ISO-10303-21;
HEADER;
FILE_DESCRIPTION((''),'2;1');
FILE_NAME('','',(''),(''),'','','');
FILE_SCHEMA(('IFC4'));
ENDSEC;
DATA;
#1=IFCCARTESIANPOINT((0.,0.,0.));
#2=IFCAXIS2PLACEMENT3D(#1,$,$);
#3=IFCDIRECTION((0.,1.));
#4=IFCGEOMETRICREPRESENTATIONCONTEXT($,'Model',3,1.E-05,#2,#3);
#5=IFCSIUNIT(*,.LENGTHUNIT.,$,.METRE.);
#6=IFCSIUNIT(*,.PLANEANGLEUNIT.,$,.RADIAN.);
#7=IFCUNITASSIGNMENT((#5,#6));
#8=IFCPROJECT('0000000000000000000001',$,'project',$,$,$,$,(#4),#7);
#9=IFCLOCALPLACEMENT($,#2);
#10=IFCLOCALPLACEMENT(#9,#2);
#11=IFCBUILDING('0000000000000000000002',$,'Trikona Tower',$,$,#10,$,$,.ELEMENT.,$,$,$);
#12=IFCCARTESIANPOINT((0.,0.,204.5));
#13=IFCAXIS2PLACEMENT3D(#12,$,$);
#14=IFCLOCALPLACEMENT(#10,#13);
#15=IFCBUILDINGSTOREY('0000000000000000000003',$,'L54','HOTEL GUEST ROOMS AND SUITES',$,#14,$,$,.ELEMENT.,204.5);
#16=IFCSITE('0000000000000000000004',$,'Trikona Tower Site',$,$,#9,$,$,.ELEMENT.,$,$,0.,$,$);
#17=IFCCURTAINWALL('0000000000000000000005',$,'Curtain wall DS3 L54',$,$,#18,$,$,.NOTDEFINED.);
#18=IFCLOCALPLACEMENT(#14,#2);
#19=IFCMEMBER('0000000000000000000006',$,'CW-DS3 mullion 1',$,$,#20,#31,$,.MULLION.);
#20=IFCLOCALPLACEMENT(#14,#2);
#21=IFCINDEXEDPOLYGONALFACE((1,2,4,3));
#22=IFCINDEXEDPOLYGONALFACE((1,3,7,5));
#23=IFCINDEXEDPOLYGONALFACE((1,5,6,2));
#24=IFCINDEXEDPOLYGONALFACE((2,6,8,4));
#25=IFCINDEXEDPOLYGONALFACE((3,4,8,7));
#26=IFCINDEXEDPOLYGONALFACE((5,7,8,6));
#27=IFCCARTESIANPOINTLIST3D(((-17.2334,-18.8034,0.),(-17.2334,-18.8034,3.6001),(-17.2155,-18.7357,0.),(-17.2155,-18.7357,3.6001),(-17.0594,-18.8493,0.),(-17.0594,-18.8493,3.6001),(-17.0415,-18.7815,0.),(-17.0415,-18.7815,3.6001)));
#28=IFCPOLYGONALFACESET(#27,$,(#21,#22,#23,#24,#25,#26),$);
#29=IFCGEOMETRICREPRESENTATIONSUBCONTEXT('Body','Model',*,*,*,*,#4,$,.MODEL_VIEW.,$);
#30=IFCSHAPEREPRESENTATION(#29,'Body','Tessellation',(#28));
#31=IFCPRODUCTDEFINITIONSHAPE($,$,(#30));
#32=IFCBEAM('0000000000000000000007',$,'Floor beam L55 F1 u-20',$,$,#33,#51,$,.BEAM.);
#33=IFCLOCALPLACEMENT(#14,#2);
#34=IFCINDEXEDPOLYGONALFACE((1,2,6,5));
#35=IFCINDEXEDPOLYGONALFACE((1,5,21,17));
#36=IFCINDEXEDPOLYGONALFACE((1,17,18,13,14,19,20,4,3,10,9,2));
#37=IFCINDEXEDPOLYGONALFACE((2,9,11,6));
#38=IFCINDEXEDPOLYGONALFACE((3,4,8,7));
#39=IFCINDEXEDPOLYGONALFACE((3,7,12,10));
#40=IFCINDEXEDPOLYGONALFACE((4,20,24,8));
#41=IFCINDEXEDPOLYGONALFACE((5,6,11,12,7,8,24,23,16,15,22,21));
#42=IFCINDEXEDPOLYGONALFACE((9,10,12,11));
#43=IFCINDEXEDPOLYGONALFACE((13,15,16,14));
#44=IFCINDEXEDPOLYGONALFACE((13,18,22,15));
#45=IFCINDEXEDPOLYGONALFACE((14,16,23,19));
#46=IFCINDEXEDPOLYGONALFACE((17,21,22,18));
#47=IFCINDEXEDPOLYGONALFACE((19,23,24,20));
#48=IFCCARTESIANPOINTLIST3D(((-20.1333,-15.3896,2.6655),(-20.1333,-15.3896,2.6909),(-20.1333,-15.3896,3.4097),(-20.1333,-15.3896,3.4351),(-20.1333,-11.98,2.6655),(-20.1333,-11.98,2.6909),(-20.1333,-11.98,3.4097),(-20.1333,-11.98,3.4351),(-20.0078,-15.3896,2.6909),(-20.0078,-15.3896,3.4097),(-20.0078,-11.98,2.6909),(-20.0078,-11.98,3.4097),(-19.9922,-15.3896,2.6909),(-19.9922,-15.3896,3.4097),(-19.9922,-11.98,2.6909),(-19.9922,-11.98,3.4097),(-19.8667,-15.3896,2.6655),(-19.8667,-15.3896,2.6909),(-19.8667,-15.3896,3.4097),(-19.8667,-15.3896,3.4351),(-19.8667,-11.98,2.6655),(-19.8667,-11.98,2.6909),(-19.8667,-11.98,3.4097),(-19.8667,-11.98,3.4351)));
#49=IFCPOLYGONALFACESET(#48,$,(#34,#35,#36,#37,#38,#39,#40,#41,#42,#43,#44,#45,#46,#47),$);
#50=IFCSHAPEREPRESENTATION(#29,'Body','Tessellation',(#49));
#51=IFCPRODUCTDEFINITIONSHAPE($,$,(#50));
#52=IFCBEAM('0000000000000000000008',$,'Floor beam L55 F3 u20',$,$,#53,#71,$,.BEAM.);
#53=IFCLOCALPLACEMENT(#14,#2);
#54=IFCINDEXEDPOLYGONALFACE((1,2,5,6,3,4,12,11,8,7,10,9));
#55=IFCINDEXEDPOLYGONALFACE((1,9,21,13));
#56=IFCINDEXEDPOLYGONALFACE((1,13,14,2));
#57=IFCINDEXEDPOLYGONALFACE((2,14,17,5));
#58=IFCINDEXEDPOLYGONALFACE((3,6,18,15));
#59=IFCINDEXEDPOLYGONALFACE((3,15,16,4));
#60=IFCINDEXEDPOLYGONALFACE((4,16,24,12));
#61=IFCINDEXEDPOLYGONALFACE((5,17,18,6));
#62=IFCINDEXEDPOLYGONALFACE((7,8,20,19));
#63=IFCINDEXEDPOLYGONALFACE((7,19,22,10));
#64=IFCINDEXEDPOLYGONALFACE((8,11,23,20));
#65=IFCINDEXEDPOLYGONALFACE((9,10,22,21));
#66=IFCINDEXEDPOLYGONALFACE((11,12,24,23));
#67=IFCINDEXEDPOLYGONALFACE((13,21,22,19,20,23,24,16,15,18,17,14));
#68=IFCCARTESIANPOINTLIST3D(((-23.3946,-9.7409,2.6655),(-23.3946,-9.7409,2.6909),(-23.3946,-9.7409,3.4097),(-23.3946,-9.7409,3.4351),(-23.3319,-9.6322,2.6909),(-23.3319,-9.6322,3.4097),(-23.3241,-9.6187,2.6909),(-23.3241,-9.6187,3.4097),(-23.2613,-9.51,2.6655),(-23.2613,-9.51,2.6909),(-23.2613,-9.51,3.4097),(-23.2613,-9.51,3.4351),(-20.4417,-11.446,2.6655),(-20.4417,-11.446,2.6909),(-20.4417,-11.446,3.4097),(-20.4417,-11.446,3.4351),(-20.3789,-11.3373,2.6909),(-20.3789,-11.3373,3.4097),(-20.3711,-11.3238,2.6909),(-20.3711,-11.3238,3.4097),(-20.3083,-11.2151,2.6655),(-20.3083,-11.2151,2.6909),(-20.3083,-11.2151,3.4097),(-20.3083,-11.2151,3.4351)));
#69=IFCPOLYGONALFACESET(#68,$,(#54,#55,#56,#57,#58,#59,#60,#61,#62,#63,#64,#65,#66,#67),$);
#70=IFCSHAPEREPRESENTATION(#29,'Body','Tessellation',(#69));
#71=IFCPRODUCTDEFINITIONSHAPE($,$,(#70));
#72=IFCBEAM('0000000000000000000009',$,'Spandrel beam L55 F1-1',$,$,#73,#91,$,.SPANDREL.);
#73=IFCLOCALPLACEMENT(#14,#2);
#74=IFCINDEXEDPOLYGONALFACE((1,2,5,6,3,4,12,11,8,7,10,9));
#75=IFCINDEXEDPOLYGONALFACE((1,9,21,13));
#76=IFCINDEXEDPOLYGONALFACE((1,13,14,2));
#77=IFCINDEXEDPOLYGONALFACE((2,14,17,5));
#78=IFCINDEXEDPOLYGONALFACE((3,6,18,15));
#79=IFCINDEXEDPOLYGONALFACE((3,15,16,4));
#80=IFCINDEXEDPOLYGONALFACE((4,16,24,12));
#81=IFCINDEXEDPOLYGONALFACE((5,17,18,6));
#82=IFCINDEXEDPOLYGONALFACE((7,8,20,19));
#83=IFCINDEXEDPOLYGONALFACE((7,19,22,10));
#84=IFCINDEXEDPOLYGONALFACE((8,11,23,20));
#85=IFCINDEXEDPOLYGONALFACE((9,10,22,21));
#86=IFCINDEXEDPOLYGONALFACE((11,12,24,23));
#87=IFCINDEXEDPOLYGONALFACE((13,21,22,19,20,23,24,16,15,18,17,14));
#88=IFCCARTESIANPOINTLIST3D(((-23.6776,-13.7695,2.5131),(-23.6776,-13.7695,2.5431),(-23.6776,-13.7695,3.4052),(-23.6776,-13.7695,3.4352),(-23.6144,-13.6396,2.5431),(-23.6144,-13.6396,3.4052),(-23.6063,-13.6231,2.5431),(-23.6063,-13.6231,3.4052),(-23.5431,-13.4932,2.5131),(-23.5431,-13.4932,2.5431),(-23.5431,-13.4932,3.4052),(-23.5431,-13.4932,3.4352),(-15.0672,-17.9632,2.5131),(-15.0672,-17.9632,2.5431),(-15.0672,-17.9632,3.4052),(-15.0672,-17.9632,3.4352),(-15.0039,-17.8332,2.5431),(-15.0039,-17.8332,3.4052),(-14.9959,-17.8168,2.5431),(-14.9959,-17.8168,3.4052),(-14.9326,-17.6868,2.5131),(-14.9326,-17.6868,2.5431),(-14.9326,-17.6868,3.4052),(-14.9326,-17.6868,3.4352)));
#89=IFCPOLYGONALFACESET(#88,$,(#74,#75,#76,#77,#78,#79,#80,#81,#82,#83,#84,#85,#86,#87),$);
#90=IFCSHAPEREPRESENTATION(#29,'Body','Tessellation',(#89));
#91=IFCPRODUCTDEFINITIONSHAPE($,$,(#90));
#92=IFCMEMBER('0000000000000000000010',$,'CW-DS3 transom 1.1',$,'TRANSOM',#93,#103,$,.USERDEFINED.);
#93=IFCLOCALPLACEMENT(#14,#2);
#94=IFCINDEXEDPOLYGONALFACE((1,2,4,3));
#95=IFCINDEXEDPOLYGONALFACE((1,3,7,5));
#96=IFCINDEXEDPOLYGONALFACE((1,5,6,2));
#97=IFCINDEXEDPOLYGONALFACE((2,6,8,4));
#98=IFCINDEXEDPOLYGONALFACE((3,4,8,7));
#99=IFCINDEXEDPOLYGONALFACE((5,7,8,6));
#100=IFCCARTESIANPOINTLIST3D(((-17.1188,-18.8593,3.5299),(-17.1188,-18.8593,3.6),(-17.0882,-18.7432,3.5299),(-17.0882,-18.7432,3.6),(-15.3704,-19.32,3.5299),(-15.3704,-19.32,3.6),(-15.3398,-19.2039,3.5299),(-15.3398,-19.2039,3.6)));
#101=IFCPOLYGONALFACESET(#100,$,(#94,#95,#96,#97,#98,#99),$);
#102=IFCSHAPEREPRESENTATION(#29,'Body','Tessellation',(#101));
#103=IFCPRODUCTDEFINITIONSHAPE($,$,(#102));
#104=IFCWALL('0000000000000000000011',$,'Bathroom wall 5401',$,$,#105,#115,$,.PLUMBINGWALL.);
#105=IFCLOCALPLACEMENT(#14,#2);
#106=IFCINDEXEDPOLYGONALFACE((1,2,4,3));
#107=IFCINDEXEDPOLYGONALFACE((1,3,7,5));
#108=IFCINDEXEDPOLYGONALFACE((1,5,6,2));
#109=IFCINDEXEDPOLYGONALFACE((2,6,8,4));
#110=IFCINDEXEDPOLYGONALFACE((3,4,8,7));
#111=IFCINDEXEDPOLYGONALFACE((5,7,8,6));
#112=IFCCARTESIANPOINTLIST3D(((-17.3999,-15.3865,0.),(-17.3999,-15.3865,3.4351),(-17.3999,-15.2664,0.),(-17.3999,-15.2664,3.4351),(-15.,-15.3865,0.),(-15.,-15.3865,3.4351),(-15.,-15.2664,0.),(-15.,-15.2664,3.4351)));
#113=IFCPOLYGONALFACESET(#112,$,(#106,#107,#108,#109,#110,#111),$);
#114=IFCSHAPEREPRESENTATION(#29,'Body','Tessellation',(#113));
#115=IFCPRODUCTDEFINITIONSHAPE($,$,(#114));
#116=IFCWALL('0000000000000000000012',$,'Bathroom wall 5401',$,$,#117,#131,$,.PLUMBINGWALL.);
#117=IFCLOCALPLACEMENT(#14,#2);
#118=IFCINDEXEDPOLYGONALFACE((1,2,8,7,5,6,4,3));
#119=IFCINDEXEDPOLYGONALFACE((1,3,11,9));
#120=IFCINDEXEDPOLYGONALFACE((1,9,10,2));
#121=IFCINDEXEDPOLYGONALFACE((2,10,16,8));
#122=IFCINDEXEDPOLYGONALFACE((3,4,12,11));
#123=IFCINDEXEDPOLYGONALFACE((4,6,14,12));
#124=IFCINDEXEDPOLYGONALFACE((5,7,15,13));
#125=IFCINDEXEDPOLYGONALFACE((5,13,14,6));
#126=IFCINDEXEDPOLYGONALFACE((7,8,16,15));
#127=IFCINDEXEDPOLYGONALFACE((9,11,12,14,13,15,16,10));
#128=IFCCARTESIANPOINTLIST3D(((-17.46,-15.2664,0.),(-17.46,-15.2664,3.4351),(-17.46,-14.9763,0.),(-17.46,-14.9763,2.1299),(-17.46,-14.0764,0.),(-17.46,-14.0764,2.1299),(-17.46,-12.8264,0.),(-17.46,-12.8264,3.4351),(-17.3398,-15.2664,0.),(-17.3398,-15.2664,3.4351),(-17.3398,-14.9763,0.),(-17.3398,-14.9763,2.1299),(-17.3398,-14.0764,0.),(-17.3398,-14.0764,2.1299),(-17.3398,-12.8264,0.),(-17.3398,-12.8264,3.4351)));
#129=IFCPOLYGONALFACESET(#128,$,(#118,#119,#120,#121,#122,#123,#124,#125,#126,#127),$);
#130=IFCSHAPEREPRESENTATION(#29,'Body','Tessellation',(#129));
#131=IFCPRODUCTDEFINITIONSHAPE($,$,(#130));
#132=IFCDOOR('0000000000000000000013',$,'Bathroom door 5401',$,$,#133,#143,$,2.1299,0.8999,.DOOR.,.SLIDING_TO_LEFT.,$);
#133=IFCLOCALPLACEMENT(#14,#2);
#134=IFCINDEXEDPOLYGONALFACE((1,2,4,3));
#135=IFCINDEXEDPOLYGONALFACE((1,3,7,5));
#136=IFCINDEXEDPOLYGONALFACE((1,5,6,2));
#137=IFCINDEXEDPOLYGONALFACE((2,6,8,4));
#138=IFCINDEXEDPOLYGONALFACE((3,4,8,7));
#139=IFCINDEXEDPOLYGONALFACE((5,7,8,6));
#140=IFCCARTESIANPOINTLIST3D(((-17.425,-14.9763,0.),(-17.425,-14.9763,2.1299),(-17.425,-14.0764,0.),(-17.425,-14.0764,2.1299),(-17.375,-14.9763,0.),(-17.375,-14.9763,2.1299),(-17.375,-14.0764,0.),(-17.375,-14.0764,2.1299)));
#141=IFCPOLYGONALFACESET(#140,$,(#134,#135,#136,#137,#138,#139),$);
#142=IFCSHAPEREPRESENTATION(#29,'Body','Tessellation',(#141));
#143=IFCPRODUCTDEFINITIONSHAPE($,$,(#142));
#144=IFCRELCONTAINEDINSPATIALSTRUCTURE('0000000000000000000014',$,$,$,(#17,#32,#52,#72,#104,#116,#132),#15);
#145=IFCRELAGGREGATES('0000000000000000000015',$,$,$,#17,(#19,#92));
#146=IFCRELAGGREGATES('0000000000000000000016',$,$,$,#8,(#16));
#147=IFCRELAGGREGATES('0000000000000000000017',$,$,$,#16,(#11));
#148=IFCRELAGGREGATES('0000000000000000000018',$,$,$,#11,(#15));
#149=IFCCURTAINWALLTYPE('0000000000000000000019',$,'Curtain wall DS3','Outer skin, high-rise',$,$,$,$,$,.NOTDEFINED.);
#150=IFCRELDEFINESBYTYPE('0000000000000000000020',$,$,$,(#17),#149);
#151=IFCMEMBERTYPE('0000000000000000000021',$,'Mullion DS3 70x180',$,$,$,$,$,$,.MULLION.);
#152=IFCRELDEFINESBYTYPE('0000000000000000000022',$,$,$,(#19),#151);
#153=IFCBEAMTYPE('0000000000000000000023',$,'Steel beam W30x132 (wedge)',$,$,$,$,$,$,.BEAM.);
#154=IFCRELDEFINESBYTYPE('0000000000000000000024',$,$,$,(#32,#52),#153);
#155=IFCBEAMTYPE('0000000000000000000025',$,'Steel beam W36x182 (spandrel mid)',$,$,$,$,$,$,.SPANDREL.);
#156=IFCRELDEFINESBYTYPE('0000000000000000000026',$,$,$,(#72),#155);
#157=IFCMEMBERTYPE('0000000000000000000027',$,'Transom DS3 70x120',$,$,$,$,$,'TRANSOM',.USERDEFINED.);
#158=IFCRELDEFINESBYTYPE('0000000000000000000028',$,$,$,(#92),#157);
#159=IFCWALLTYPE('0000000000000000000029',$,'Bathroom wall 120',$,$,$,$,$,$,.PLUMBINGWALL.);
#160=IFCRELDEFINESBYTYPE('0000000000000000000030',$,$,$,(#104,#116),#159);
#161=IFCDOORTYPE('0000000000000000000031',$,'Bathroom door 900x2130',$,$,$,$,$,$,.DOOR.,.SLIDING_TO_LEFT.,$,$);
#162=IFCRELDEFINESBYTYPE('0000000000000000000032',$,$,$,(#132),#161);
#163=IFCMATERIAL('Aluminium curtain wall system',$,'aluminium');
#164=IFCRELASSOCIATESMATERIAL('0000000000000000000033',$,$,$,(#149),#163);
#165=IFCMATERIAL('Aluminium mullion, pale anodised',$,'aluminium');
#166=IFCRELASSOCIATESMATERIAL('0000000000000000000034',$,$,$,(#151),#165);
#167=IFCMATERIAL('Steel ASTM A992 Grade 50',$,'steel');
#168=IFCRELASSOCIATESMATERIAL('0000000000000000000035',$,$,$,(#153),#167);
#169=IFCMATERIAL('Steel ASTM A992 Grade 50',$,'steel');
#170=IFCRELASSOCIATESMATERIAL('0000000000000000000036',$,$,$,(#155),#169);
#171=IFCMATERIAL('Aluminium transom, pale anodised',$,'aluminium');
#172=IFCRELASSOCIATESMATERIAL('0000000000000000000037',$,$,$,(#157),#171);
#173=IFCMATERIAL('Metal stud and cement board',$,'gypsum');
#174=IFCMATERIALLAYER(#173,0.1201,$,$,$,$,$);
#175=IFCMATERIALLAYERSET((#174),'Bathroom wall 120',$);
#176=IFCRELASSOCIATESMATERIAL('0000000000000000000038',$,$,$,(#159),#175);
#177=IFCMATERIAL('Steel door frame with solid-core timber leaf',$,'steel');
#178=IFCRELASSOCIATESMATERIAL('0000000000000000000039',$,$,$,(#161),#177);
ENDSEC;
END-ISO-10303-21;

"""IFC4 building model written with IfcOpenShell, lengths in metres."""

from ifc_helpers import new_model, si_unit, direction, frame, frame_2d, origin, origin_2d, place, context, subcontext, project, spatial, rectangle, i_section, extrude, material, layer, layer_set, material_profile, profile_set, type_object, element, fill, aggregate, save


model = new_model("IFC4")

# Units and contexts
model_context = context("Model", 3, precision=1e-05, world=origin(), true_north=direction((0.0, 1.0)))
body_context = subcontext(model_context, "Body", "Model", "MODEL_VIEW")
ifc_project = project(units=[si_unit("LENGTHUNIT", "METRE"), si_unit("PLANEANGLEUNIT", "RADIAN")], contexts=[model_context])

# Site, building, storey
site_placement = place(None, origin())
site = spatial("IfcSite", under=ifc_project, at=site_placement, Name="Trikona Tower Site", CompositionType="ELEMENT", RefElevation=0.0)
building_placement = place(site_placement, origin())
building = spatial("IfcBuilding", under=site, at=building_placement, Name="Trikona Tower", CompositionType="ELEMENT")
storey_placement = place(building_placement, frame((0.0, 0.0, 204.5)))
storey = spatial("IfcBuildingStorey", under=building, at=storey_placement, Name="L54", Description="HOTEL GUEST ROOMS AND SUITES", CompositionType="ELEMENT", Elevation=204.5)

# Curtain wall, member
ifc_material_1 = material(Name="Aluminium curtain wall system", Category="aluminium")
curtain_wall_type = type_object("IfcCurtainWallType", Name="Curtain wall DS3", Description="Outer skin, high-rise", PredefinedType="NOTDEFINED", material=ifc_material_1)
curtain_wall_placement = place(storey_placement, origin())
curtain_wall = element("IfcCurtainWall", 1, at=curtain_wall_placement, inside=storey, type_object=curtain_wall_type, Name="Curtain wall DS3 L54", PredefinedType="NOTDEFINED")
ifc_material_2 = material(Name="Aluminium mullion, pale anodised", Category="aluminium")
ifc_material_profile_1 = material_profile(ifc_material_2, rectangle(XDim=0.0701, YDim=0.1799, at=origin_2d()), Name="MUL-DS3")
ifc_profile_set_1 = profile_set([ifc_material_profile_1], Name="Aluminium mullion, pale anodised")
member_type_1 = type_object("IfcMemberType", Name="Mullion DS3 70x180", PredefinedType="MULLION", material=ifc_profile_set_1)
member_1_placement = place(storey_placement, frame((-17.1375, -18.7925, 0.0), z_axis=(0.0, 0.0, 1.0), x_axis=(0.254786, 0.966997, 0.0)))
member_1 = element("IfcMember", 2, at=member_1_placement, type_object=member_type_1, Name="CW-DS3 mullion 1", PredefinedType="MULLION", context=body_context, shape_type="SweptSolid", body=[
    extrude(rectangle(XDim=0.0701, YDim=0.1799, at=origin_2d()), origin(), (0.0, 0.0, 1.0), 3.6001),
])

# Beams
ifc_material_3 = material(Name="Steel ASTM A992 Grade 50", Category="steel")
ifc_material_profile_2 = material_profile(ifc_material_3, i_section(OverallWidth=0.2666, OverallDepth=0.7695, WebThickness=0.0156, FlangeThickness=0.0254, at=origin_2d()), Name="W30X132")
ifc_profile_set_2 = profile_set([ifc_material_profile_2], Name="Steel ASTM A992 Grade 50")
beam_type_1 = type_object("IfcBeamType", Name="Steel beam W30x132 (wedge)", PredefinedType="BEAM", material=ifc_profile_set_2)
beam_1_placement = place(storey_placement, frame((-20.0, -11.98, 3.0503), z_axis=(0.0, -1.0, 0.0), x_axis=(1.0, 0.0, 0.0)))
element("IfcBeam", 3, at=beam_1_placement, inside=storey, type_object=beam_type_1, Name="Floor beam L55 F1 u-20", PredefinedType="BEAM", context=body_context, shape_type="SweptSolid", body=[
    extrude(i_section(OverallWidth=0.2666, OverallDepth=0.7695, WebThickness=0.0156, FlangeThickness=0.0254, at=origin_2d()), origin(), (0.0, 0.0, 1.0), 3.4097),
])
beam_2_placement = place(storey_placement, frame((-20.375, -11.3306, 3.0503), z_axis=(-0.865996, 0.500051, 0.0), x_axis=(-0.500051, -0.865996, 0.0)))
element("IfcBeam", 4, at=beam_2_placement, inside=storey, type_object=beam_type_1, Name="Floor beam L55 F3 u20", PredefinedType="BEAM", context=body_context, shape_type="SweptSolid", body=[
    extrude(i_section(OverallWidth=0.2666, OverallDepth=0.7695, WebThickness=0.0156, FlangeThickness=0.0254, at=origin_2d()), origin(), (0.0, 0.0, 1.0), 3.4099),
])
ifc_material_4 = material(Name="Steel ASTM A992 Grade 50", Category="steel")
ifc_material_profile_3 = material_profile(ifc_material_4, i_section(OverallWidth=0.3074, OverallDepth=0.9221, WebThickness=0.0183, FlangeThickness=0.03, at=origin_2d()), Name="W36X182")
ifc_profile_set_3 = profile_set([ifc_material_profile_3], Name="Steel ASTM A992 Grade 50")
beam_type_2 = type_object("IfcBeamType", Name="Steel beam W36x182 (spandrel mid)", PredefinedType="SPANDREL", material=ifc_profile_set_3)
beam_3_placement = place(storey_placement, frame((-23.6104, -13.6313, 2.9741), z_axis=(0.899039, -0.43787, 0.0), x_axis=(0.43787, 0.899039, 0.0)))
element("IfcBeam", 5, at=beam_3_placement, inside=storey, type_object=beam_type_2, Name="Spandrel beam L55 F1-1", PredefinedType="SPANDREL", context=body_context, shape_type="SweptSolid", body=[
    extrude(i_section(OverallWidth=0.3074, OverallDepth=0.9221, WebThickness=0.0183, FlangeThickness=0.03, at=origin_2d()), origin(), (0.0, 0.0, 1.0), 9.5774),
])

# Member
ifc_material_5 = material(Name="Aluminium transom, pale anodised", Category="aluminium")
ifc_material_profile_4 = material_profile(ifc_material_5, rectangle(XDim=0.1201, YDim=0.0701, at=origin_2d()), Name="TRN-DS3")
ifc_profile_set_4 = profile_set([ifc_material_profile_4], Name="Aluminium transom, pale anodised")
member_type_2 = type_object("IfcMemberType", Name="Transom DS3 70x120", ElementType="TRANSOM", PredefinedType="USERDEFINED", material=ifc_profile_set_4)
member_2_placement = place(storey_placement, frame((-17.1035, -18.8013, 3.5649), z_axis=(0.966999, -0.254779, 0.0), x_axis=(0.254779, 0.966999, 0.0)))
member_2 = element("IfcMember", 6, at=member_2_placement, type_object=member_type_2, Name="CW-DS3 transom 1.1", ObjectType="TRANSOM", PredefinedType="USERDEFINED", context=body_context, shape_type="SweptSolid", body=[
    extrude(rectangle(XDim=0.1201, YDim=0.0701, at=origin_2d()), origin(), (0.0, 0.0, 1.0), 1.8081),
])
aggregate(curtain_wall, [member_1, member_2])

# Wall
ifc_material_6 = material(Name="Metal stud and cement board", Category="gypsum")
ifc_layer_1 = layer(ifc_material_6, 0.1201)
ifc_layer_set_1 = layer_set([ifc_layer_1], Name="Bathroom wall 120")
wall_type_1 = type_object("IfcWallType", Name="Bathroom wall 120", PredefinedType="PLUMBINGWALL", material=ifc_layer_set_1)
wall_1_placement = place(storey_placement, frame((-17.3999, -15.3264, 0.0), z_axis=(0.0, 0.0, 1.0), x_axis=(1.0, 0.0, 0.0)))
element("IfcWall", 7, at=wall_1_placement, inside=storey, type_object=wall_type_1, Name="Bathroom wall 5401", PredefinedType="PLUMBINGWALL", context=body_context, shape_type="SweptSolid", body=[
    extrude(rectangle(XDim=2.3999, YDim=0.1201, at=frame_2d((1.2, 0.0))), origin(), (0.0, 0.0, 1.0), 3.4351),
])

# Wall, opening, door
wall_2_placement = place(storey_placement, frame((-17.3999, -12.8264, 0.0), z_axis=(0.0, 0.0, 1.0), x_axis=(0.0, -1.0, 0.0)))
wall_2 = element("IfcWall", 8, at=wall_2_placement, inside=storey, type_object=wall_type_1, Name="Bathroom wall 5401", PredefinedType="PLUMBINGWALL", context=body_context, shape_type="SweptSolid", body=[
    extrude(rectangle(XDim=2.4399, YDim=0.1201, at=frame_2d((1.22, 0.0))), origin(), (0.0, 0.0, 1.0), 3.4351),
])
opening_1_placement = place(wall_2_placement, frame((1.25, 0.0, 0.0)))
opening_1 = element("IfcOpeningElement", 9, at=opening_1_placement, cuts=wall_2, PredefinedType="OPENING", context=body_context, shape_type="SweptSolid", body=[
    extrude(rectangle(XDim=0.8999, YDim=2.1299, at=frame_2d((0.45, 1.0649))), frame((0.0, 0.0701, 0.0), z_axis=(0.0, -1.0, 0.0), x_axis=(1.0, 0.0, 0.0)), (0.0, 0.0, 1.0), 0.1401),
])
ifc_material_7 = material(Name="Steel door frame with solid-core timber leaf", Category="steel")
door_type_1 = type_object("IfcDoorType", Name="Bathroom door 900x2130", OperationType="SLIDING_TO_LEFT", PredefinedType="DOOR", material=ifc_material_7)
door_1_placement = place(opening_1_placement, origin())
door_1 = element("IfcDoor", 10, at=door_1_placement, inside=storey, type_object=door_type_1, Name="Bathroom door 5401", OperationType="SLIDING_TO_LEFT", OverallHeight=2.1299, OverallWidth=0.8999, PredefinedType="DOOR", context=body_context, shape_type="SweptSolid", body=[
    extrude(rectangle(XDim=0.8999, YDim=2.1299, at=frame_2d((0.45, 1.0649))), frame((0.0, 0.0249, 0.0), z_axis=(0.0, -1.0, 0.0), x_axis=(1.0, 0.0, 0.0)), (0.0, 0.0, 1.0), 0.05),
])
fill(opening_1, door_1)

save(model, "model.ifc")
